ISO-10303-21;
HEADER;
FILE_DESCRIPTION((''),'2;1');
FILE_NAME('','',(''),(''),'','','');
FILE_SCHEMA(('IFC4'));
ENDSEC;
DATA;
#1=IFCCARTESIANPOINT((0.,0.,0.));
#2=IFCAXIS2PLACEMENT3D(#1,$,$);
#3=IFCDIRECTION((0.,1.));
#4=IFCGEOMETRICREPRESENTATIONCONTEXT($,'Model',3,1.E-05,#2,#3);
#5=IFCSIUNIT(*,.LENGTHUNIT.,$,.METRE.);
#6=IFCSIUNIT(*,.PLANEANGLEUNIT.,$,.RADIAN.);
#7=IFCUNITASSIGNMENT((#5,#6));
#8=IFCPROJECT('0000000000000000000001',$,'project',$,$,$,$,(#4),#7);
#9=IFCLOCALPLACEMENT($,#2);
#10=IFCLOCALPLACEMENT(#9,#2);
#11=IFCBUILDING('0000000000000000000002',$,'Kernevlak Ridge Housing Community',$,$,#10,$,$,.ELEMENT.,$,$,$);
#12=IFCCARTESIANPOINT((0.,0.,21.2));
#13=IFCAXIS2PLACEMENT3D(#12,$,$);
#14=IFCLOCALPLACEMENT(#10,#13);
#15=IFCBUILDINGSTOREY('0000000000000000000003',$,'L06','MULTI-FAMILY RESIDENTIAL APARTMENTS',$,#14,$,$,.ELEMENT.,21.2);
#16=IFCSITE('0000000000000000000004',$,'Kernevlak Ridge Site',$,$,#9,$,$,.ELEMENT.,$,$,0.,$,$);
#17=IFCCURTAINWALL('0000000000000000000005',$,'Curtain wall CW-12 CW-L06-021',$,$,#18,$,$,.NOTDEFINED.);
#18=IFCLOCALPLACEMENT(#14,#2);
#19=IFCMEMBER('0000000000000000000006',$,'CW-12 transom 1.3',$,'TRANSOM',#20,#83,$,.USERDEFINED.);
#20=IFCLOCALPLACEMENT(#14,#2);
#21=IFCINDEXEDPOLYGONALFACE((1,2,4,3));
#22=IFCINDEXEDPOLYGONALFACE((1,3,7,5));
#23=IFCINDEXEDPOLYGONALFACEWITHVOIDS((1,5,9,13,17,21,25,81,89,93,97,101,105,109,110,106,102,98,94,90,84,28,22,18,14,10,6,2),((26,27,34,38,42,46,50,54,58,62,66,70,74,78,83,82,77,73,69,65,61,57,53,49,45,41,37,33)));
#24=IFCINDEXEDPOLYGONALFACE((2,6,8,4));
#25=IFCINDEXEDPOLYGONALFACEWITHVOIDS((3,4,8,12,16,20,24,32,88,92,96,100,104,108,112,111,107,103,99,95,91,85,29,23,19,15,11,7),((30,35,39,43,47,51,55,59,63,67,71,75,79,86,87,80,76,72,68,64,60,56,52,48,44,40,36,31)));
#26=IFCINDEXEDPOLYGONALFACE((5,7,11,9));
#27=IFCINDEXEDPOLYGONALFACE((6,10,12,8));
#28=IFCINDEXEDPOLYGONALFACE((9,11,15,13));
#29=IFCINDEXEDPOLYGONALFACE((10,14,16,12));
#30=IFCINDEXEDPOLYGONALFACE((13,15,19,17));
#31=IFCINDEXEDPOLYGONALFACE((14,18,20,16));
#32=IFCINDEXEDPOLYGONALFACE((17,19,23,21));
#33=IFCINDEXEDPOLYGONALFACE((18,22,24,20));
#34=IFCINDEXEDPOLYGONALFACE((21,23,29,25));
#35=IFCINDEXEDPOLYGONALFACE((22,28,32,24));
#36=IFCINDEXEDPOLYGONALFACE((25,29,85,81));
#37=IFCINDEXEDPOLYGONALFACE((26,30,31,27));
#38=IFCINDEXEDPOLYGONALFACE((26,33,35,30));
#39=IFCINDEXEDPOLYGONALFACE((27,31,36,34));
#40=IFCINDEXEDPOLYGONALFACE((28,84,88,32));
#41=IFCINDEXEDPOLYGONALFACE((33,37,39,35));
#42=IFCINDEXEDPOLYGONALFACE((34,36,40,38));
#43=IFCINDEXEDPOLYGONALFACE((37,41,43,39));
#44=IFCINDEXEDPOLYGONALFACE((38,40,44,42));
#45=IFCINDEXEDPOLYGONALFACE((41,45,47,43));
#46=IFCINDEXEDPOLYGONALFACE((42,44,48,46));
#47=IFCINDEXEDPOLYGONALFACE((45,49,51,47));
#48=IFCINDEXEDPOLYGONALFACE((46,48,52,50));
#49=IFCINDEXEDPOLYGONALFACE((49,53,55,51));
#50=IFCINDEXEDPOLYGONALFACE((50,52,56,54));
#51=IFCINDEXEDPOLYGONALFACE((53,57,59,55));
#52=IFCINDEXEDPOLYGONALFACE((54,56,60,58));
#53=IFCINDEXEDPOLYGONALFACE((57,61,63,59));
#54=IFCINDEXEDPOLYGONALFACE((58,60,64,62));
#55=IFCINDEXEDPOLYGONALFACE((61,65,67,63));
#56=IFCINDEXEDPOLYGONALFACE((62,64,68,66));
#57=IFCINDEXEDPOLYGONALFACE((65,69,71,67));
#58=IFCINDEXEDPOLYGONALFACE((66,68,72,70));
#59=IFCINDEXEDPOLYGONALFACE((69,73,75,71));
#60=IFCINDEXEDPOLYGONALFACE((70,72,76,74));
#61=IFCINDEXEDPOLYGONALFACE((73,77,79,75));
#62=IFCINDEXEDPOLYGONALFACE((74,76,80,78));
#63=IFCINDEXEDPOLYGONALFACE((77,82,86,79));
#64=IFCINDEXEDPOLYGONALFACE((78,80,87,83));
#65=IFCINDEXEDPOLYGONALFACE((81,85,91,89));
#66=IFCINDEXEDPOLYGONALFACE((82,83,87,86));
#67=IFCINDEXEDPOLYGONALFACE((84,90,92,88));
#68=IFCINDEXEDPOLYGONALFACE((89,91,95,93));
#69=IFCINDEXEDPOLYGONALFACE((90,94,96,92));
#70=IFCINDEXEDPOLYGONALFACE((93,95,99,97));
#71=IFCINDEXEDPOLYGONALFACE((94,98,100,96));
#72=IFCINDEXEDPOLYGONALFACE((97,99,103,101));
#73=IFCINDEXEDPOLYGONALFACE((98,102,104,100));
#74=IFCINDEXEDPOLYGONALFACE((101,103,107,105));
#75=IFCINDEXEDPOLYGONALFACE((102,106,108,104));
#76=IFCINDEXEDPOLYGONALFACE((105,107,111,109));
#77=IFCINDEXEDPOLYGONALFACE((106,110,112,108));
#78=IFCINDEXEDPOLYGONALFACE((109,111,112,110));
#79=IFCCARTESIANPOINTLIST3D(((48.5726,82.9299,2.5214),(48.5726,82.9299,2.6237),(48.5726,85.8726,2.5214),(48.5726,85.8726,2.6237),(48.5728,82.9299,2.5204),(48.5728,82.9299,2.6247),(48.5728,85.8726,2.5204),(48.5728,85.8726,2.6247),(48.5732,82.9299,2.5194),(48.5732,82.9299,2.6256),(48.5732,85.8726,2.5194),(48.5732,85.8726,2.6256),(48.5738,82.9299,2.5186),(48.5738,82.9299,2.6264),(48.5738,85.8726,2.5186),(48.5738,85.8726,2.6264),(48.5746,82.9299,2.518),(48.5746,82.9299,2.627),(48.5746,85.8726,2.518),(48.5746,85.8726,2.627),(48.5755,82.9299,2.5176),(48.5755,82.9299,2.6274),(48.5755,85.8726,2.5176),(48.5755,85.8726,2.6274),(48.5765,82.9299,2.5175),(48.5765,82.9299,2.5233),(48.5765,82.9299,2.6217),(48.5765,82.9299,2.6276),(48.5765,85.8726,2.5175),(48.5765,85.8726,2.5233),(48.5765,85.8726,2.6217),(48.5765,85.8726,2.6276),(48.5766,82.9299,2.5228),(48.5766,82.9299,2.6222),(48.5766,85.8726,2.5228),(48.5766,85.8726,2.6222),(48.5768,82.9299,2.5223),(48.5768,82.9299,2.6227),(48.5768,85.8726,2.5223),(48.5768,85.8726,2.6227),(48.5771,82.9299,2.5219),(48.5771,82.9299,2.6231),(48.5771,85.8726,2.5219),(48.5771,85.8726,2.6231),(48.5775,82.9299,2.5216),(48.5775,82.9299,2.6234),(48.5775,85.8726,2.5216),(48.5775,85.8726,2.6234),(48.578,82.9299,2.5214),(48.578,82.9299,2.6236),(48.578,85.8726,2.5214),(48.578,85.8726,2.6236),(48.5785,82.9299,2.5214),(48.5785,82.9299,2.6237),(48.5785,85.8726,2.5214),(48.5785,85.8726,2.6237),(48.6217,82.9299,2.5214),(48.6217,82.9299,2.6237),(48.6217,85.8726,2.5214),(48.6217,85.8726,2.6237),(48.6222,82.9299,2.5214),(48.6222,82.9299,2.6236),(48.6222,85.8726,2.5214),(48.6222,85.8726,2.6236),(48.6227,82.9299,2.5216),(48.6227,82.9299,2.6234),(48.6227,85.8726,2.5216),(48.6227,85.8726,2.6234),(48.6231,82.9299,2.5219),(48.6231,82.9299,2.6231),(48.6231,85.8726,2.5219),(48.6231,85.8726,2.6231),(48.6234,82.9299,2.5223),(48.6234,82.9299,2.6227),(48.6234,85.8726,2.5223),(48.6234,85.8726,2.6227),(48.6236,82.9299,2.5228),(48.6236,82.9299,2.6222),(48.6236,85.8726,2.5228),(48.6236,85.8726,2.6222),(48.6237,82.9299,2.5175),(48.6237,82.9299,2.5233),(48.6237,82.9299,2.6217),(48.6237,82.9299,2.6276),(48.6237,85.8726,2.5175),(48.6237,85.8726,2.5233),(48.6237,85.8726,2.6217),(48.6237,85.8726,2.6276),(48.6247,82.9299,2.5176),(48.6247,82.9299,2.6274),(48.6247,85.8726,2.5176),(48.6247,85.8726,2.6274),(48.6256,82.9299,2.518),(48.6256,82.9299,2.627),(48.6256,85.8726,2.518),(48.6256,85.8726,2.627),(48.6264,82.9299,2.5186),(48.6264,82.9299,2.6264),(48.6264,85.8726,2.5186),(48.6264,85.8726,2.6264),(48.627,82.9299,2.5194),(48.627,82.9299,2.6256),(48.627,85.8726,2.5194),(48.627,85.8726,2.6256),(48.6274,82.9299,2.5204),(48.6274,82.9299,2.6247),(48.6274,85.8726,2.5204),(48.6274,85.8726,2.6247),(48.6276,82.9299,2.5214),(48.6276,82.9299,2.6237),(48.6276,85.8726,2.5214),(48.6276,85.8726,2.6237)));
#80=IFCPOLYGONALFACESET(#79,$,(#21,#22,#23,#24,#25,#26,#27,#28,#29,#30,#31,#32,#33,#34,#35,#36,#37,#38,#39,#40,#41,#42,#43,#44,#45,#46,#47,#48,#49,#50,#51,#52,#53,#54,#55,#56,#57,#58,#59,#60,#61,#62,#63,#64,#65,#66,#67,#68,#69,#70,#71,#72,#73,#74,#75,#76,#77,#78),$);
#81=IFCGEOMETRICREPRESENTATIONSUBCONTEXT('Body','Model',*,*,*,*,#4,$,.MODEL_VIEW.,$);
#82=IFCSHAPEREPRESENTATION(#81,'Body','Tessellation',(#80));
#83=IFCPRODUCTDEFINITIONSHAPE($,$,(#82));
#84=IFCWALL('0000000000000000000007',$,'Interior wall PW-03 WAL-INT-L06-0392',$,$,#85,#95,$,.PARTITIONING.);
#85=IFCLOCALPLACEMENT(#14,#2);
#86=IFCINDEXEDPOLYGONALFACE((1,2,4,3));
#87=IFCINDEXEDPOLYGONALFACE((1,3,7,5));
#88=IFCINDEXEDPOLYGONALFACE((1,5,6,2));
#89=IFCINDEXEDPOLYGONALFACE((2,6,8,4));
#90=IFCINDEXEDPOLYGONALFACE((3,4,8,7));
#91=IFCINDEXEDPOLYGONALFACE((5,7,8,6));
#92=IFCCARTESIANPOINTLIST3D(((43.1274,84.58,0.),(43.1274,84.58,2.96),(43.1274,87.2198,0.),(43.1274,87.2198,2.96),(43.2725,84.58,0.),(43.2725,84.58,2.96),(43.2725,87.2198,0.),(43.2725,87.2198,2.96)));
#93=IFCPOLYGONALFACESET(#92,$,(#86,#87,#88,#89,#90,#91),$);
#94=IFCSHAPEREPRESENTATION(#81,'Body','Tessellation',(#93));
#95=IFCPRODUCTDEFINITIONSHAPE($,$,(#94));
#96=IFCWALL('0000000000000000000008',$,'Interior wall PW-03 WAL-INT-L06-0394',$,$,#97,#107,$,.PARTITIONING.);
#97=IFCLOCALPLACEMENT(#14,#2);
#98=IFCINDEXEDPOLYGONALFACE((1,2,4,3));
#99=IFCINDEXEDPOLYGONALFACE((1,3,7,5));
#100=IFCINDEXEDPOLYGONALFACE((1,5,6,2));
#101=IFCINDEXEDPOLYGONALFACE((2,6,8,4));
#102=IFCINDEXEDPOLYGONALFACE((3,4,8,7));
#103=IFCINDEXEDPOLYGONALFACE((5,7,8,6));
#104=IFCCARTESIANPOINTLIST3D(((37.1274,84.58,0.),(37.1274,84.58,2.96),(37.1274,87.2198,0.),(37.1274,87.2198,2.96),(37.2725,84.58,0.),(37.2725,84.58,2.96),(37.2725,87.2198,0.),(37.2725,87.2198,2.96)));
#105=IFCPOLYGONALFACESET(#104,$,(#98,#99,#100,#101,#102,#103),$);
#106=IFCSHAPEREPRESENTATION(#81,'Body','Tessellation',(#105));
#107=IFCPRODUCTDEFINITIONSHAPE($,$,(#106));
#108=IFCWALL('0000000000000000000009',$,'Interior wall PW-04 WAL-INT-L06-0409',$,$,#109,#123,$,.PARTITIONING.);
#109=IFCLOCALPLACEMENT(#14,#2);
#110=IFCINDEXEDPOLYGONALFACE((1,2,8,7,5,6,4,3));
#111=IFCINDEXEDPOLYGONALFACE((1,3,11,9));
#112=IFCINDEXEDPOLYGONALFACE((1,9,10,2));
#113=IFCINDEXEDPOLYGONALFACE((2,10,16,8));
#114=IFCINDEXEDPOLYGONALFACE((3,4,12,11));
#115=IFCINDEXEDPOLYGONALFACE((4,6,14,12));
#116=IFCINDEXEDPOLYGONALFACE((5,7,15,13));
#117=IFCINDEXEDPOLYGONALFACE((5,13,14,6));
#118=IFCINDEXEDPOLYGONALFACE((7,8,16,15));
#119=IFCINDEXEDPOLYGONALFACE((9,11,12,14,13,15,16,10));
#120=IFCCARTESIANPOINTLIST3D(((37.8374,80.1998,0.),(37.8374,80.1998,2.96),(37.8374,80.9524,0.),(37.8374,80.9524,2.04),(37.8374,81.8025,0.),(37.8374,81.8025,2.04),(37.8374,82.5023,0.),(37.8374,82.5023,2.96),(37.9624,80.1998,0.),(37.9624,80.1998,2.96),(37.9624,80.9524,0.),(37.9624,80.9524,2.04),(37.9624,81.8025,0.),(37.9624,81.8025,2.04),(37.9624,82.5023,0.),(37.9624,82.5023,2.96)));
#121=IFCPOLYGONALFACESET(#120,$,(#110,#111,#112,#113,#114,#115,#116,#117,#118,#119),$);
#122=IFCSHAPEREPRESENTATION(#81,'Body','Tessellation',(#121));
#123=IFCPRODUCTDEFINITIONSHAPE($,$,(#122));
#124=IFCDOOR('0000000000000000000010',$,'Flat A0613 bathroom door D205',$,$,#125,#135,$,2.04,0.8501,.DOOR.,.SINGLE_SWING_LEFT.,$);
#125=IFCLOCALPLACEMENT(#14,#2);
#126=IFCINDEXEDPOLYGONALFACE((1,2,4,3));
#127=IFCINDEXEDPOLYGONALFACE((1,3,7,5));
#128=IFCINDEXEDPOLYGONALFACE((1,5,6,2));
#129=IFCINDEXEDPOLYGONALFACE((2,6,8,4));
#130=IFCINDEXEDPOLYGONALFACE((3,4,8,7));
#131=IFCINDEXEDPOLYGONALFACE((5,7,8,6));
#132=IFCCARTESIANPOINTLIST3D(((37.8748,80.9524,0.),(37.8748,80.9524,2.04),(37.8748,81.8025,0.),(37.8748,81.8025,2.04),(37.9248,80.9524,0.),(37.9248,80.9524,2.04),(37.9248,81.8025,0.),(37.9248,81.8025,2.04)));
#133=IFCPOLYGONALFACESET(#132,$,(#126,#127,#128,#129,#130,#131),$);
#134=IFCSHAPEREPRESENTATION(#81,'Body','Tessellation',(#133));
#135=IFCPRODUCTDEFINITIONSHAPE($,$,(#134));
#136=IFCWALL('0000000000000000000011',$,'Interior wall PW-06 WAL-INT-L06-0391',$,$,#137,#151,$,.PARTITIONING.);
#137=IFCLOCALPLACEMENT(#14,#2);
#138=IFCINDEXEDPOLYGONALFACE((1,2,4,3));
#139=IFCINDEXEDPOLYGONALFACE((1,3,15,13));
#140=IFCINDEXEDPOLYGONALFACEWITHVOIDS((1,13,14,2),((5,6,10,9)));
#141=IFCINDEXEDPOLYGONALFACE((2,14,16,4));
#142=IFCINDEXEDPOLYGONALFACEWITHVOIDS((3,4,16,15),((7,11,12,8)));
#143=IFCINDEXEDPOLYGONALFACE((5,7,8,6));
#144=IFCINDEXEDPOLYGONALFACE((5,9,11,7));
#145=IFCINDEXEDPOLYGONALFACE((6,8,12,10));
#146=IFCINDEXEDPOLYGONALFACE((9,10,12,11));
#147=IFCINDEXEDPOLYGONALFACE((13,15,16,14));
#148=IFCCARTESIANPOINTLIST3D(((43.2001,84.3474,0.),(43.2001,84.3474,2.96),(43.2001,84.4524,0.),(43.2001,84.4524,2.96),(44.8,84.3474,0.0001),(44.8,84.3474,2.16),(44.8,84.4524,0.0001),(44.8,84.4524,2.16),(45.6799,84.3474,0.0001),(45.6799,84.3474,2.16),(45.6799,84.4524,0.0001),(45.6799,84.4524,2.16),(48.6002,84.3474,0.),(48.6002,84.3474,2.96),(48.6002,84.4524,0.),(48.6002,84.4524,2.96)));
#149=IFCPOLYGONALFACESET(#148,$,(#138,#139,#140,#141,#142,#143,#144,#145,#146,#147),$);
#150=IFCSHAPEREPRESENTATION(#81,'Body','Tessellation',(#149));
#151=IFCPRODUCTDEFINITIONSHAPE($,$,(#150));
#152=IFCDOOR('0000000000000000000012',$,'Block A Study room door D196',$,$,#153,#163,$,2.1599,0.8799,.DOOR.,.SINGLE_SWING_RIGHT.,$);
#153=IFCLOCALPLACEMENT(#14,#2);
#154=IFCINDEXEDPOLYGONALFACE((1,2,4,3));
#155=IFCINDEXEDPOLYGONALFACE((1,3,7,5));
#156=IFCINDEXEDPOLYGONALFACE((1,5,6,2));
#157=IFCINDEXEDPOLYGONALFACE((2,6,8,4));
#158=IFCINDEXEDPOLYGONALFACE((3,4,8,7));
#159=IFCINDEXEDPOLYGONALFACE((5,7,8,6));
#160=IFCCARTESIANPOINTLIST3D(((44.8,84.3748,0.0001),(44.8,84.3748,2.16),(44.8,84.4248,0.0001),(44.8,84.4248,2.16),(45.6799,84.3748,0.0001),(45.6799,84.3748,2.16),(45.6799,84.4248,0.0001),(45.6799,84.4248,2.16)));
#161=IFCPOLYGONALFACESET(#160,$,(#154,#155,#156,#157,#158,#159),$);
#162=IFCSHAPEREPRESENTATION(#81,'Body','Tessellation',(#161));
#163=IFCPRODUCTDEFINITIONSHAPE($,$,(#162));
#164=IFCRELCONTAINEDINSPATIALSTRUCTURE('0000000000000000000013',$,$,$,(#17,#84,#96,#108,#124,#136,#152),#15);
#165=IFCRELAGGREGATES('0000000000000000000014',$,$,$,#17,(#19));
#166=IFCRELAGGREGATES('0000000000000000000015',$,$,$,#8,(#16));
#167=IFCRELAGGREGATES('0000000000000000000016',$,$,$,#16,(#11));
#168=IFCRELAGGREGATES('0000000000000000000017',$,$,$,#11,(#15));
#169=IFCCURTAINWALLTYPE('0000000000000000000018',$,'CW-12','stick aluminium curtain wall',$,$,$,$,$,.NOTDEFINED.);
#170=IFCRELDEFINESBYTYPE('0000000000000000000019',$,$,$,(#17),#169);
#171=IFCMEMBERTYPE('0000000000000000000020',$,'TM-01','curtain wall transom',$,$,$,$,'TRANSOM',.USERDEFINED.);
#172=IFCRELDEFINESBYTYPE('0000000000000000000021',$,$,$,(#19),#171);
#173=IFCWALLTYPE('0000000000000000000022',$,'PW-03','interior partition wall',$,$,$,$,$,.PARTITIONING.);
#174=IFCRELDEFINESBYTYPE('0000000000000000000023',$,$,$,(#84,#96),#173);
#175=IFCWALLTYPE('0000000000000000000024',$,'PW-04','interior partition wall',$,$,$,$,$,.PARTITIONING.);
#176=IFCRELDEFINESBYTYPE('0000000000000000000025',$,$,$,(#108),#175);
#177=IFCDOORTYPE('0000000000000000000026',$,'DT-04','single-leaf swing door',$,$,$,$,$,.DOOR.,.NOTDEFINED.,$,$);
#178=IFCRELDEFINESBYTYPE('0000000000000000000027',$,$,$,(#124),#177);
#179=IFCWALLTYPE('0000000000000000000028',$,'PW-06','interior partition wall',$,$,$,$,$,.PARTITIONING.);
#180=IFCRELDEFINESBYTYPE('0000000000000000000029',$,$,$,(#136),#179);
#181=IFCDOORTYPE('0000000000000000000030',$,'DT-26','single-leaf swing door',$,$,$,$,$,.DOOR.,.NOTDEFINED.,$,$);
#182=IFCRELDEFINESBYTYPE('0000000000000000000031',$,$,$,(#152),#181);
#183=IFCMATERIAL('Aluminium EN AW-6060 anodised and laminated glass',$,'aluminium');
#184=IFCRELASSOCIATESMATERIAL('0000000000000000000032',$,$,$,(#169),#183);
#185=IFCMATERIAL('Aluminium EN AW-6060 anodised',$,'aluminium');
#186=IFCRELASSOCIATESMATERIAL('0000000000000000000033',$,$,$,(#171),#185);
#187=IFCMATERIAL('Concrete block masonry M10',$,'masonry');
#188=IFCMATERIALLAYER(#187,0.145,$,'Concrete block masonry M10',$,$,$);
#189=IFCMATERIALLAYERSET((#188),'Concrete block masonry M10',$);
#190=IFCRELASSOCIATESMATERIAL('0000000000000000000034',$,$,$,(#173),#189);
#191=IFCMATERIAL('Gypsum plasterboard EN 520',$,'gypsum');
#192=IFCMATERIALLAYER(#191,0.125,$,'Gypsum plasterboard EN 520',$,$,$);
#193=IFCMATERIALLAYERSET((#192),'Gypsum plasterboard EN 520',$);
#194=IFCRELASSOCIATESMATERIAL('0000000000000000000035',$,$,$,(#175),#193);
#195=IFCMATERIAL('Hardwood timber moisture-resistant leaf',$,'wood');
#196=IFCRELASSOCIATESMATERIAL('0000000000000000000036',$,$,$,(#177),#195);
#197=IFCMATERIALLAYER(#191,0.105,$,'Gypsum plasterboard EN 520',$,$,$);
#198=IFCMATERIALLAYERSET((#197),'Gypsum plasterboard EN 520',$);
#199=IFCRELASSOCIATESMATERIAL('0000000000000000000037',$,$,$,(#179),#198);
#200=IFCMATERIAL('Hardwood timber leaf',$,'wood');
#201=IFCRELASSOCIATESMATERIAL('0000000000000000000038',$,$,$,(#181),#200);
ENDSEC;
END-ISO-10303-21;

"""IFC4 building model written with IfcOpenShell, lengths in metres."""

from ifc_helpers import new_model, si_unit, direction, frame, frame_2d, origin, origin_2d, place, context, subcontext, project, spatial, rectangle, hollow_rectangle, extrude, material, layer, layer_set, material_profile, profile_set, type_object, element, fill, aggregate, save


model = new_model("IFC4")

# Units and contexts
model_context = context("Model", 3, precision=1e-05, world=origin(), true_north=direction((0.0, 1.0)))
body_context = subcontext(model_context, "Body", "Model", "MODEL_VIEW")
ifc_project = project(units=[si_unit("LENGTHUNIT", "METRE"), si_unit("PLANEANGLEUNIT", "RADIAN")], contexts=[model_context])

# Site, building, storey
site_placement = place(None, origin())
site = spatial("IfcSite", under=ifc_project, at=site_placement, Name="Kernevlak Ridge Site", CompositionType="ELEMENT", RefElevation=0.0)
building_placement = place(site_placement, origin())
building = spatial("IfcBuilding", under=site, at=building_placement, Name="Kernevlak Ridge Housing Community", CompositionType="ELEMENT")
storey_placement = place(building_placement, frame((0.0, 0.0, 21.2)))
storey = spatial("IfcBuildingStorey", under=building, at=storey_placement, Name="L06", Description="MULTI-FAMILY RESIDENTIAL APARTMENTS", CompositionType="ELEMENT", Elevation=21.2)

# Curtain wall
ifc_material_1 = material(Name="Aluminium EN AW-6060 anodised and laminated glass", Category="aluminium")
curtain_wall_type = type_object("IfcCurtainWallType", Name="CW-12", Description="stick aluminium curtain wall", PredefinedType="NOTDEFINED", material=ifc_material_1)
curtain_wall_placement = place(storey_placement, origin())
curtain_wall = element("IfcCurtainWall", 1, at=curtain_wall_placement, inside=storey, type_object=curtain_wall_type, Name="Curtain wall CW-12 CW-L06-021", PredefinedType="NOTDEFINED")
ifc_material_2 = material(Name="Aluminium EN AW-6060 anodised", Category="aluminium")

# Member
ifc_material_profile_1 = material_profile(ifc_material_2, hollow_rectangle(XDim=0.0549, YDim=0.1101, WallThickness=0.0039, InnerFilletRadius=0.002, OuterFilletRadius=0.0039, at=origin_2d()), Name="ALU 55x110x4")
ifc_profile_set_1 = profile_set([ifc_material_profile_1], Name="Aluminium EN AW-6060 anodised")
member_type_1 = type_object("IfcMemberType", Name="TM-01", Description="curtain wall transom", ElementType="TRANSOM", PredefinedType="USERDEFINED", material=ifc_profile_set_1)
member_1_placement = place(storey_placement, frame((48.6001, 82.9299, 2.5725), z_axis=(0.0, 1.0, 0.0), x_axis=(-1.0, 0.0, 0.0)))
member_1 = element("IfcMember", 2, at=member_1_placement, type_object=member_type_1, Name="CW-12 transom 1.3", ObjectType="TRANSOM", PredefinedType="USERDEFINED", context=body_context, shape_type="SweptSolid", body=[
    extrude(hollow_rectangle(XDim=0.0549, YDim=0.1101, WallThickness=0.0039, InnerFilletRadius=0.002, OuterFilletRadius=0.0039, at=origin_2d()), origin(), (0.0, 0.0, 1.0), 2.9426),
])
aggregate(curtain_wall, [member_1])

# Walls
ifc_material_3 = material(Name="Concrete block masonry M10", Category="masonry")
ifc_layer_1 = layer(ifc_material_3, 0.145, Name="Concrete block masonry M10")
ifc_layer_set_1 = layer_set([ifc_layer_1], Name="Concrete block masonry M10")
wall_type_1 = type_object("IfcWallType", Name="PW-03", Description="interior partition wall", PredefinedType="PARTITIONING", material=ifc_layer_set_1)
for number, where, z_axis, x_axis, name in (
    (3, (43.2, 84.5801, 0.0), (0.0, 0.0, 1.0), (0.0, 1.0, 0.0), "Interior wall PW-03 WAL-INT-L06-0392"),
    (4, (37.2, 84.5801, 0.0), (0.0, 0.0, 1.0), (0.0, 1.0, 0.0), "Interior wall PW-03 WAL-INT-L06-0394"),
):
    element("IfcWall", number, at=place(storey_placement, frame(where, z_axis=z_axis, x_axis=x_axis)), inside=storey, type_object=wall_type_1, Name=name, PredefinedType="PARTITIONING", context=body_context, shape_type="SweptSolid", body=[
        extrude(rectangle(XDim=2.6399, YDim=0.145, at=frame_2d((1.3198, 0.0))), origin(), (0.0, 0.0, 1.0), 2.96),
    ])

# Walls, openings, doors
ifc_material_4 = material(Name="Gypsum plasterboard EN 520", Category="gypsum")
ifc_layer_2 = layer(ifc_material_4, 0.125, Name="Gypsum plasterboard EN 520")
ifc_layer_set_2 = layer_set([ifc_layer_2], Name="Gypsum plasterboard EN 520")
wall_type_2 = type_object("IfcWallType", Name="PW-04", Description="interior partition wall", PredefinedType="PARTITIONING", material=ifc_layer_set_2)
wall_1_placement = place(storey_placement, frame((37.8999, 82.5024, 0.0), z_axis=(0.0, 0.0, 1.0), x_axis=(0.0, -1.0, 0.0)))
wall_1 = element("IfcWall", 5, at=wall_1_placement, inside=storey, type_object=wall_type_2, Name="Interior wall PW-04 WAL-INT-L06-0409", PredefinedType="PARTITIONING", context=body_context, shape_type="SweptSolid", body=[
    extrude(rectangle(XDim=2.3025, YDim=0.125, at=frame_2d((1.1514, 0.0))), origin(), (0.0, 0.0, 1.0), 2.96),
])
opening_1_placement = place(wall_1_placement, frame((0.7, 0.0, 0.0)))
opening_1 = element("IfcOpeningElement", 6, at=opening_1_placement, cuts=wall_1, PredefinedType="OPENING", context=body_context, shape_type="SweptSolid", body=[
    extrude(rectangle(XDim=0.8501, YDim=2.04, at=frame_2d((0.425, 1.02))), frame((0.0, 0.0725, 0.0), z_axis=(0.0, -1.0, 0.0), x_axis=(1.0, 0.0, 0.0)), (0.0, 0.0, 1.0), 0.145),
])
ifc_material_5 = material(Name="Hardwood timber moisture-resistant leaf", Category="wood")
door_type_1 = type_object("IfcDoorType", Name="DT-04", Description="single-leaf swing door", OperationType="NOTDEFINED", PredefinedType="DOOR", material=ifc_material_5)
door_1_placement = place(opening_1_placement, origin())
door_1 = element("IfcDoor", 7, at=door_1_placement, inside=storey, type_object=door_type_1, Name="Flat A0613 bathroom door D205", OperationType="SINGLE_SWING_LEFT", OverallHeight=2.04, OverallWidth=0.8501, PredefinedType="DOOR", context=body_context, shape_type="SweptSolid", body=[
    extrude(rectangle(XDim=0.8501, YDim=2.04, at=frame_2d((0.425, 1.02))), frame((0.0, 0.0249, 0.0), z_axis=(0.0, -1.0, 0.0), x_axis=(1.0, 0.0, 0.0)), (0.0, 0.0, 1.0), 0.05),
])
fill(opening_1, door_1)
ifc_material_6 = material(Name="Hardwood timber leaf", Category="wood")
ifc_layer_3 = layer(ifc_material_4, 0.105, Name="Gypsum plasterboard EN 520")
ifc_layer_set_3 = layer_set([ifc_layer_3], Name="Gypsum plasterboard EN 520")
wall_type_3 = type_object("IfcWallType", Name="PW-06", Description="interior partition wall", PredefinedType="PARTITIONING", material=ifc_layer_set_3)
wall_2_placement = place(storey_placement, frame((43.2, 84.3999, 0.0), z_axis=(0.0, 0.0, 1.0), x_axis=(1.0, 0.0, 0.0)))
wall_2 = element("IfcWall", 8, at=wall_2_placement, inside=storey, type_object=wall_type_3, Name="Interior wall PW-06 WAL-INT-L06-0391", PredefinedType="PARTITIONING", context=body_context, shape_type="SweptSolid", body=[
    extrude(rectangle(XDim=5.4001, YDim=0.105, at=frame_2d((2.7002, 0.0))), origin(), (0.0, 0.0, 1.0), 2.96),
])
opening_2_placement = place(wall_2_placement, frame((1.6001, 0.0, 0.0)))
opening_2 = element("IfcOpeningElement", 9, at=opening_2_placement, cuts=wall_2, PredefinedType="OPENING", context=body_context, shape_type="SweptSolid", body=[
    extrude(rectangle(XDim=0.8799, YDim=2.1599, at=frame_2d((0.4399, 1.0801))), frame((0.0, 0.0625, 0.0), z_axis=(0.0, -1.0, 0.0), x_axis=(1.0, 0.0, 0.0)), (0.0, 0.0, 1.0), 0.125),
])
door_type_2 = type_object("IfcDoorType", Name="DT-26", Description="single-leaf swing door", OperationType="NOTDEFINED", PredefinedType="DOOR", material=ifc_material_6)
door_2_placement = place(opening_2_placement, origin())
door_2 = element("IfcDoor", 10, at=door_2_placement, inside=storey, type_object=door_type_2, Name="Block A Study room door D196", OperationType="SINGLE_SWING_RIGHT", OverallHeight=2.1599, OverallWidth=0.8799, PredefinedType="DOOR", context=body_context, shape_type="SweptSolid", body=[
    extrude(rectangle(XDim=0.8799, YDim=2.1599, at=frame_2d((0.4399, 1.0801))), frame((0.0, 0.0249, 0.0), z_axis=(0.0, -1.0, 0.0), x_axis=(1.0, 0.0, 0.0)), (0.0, 0.0, 1.0), 0.05),
])
fill(opening_2, door_2)

save(model, "model.ifc")
